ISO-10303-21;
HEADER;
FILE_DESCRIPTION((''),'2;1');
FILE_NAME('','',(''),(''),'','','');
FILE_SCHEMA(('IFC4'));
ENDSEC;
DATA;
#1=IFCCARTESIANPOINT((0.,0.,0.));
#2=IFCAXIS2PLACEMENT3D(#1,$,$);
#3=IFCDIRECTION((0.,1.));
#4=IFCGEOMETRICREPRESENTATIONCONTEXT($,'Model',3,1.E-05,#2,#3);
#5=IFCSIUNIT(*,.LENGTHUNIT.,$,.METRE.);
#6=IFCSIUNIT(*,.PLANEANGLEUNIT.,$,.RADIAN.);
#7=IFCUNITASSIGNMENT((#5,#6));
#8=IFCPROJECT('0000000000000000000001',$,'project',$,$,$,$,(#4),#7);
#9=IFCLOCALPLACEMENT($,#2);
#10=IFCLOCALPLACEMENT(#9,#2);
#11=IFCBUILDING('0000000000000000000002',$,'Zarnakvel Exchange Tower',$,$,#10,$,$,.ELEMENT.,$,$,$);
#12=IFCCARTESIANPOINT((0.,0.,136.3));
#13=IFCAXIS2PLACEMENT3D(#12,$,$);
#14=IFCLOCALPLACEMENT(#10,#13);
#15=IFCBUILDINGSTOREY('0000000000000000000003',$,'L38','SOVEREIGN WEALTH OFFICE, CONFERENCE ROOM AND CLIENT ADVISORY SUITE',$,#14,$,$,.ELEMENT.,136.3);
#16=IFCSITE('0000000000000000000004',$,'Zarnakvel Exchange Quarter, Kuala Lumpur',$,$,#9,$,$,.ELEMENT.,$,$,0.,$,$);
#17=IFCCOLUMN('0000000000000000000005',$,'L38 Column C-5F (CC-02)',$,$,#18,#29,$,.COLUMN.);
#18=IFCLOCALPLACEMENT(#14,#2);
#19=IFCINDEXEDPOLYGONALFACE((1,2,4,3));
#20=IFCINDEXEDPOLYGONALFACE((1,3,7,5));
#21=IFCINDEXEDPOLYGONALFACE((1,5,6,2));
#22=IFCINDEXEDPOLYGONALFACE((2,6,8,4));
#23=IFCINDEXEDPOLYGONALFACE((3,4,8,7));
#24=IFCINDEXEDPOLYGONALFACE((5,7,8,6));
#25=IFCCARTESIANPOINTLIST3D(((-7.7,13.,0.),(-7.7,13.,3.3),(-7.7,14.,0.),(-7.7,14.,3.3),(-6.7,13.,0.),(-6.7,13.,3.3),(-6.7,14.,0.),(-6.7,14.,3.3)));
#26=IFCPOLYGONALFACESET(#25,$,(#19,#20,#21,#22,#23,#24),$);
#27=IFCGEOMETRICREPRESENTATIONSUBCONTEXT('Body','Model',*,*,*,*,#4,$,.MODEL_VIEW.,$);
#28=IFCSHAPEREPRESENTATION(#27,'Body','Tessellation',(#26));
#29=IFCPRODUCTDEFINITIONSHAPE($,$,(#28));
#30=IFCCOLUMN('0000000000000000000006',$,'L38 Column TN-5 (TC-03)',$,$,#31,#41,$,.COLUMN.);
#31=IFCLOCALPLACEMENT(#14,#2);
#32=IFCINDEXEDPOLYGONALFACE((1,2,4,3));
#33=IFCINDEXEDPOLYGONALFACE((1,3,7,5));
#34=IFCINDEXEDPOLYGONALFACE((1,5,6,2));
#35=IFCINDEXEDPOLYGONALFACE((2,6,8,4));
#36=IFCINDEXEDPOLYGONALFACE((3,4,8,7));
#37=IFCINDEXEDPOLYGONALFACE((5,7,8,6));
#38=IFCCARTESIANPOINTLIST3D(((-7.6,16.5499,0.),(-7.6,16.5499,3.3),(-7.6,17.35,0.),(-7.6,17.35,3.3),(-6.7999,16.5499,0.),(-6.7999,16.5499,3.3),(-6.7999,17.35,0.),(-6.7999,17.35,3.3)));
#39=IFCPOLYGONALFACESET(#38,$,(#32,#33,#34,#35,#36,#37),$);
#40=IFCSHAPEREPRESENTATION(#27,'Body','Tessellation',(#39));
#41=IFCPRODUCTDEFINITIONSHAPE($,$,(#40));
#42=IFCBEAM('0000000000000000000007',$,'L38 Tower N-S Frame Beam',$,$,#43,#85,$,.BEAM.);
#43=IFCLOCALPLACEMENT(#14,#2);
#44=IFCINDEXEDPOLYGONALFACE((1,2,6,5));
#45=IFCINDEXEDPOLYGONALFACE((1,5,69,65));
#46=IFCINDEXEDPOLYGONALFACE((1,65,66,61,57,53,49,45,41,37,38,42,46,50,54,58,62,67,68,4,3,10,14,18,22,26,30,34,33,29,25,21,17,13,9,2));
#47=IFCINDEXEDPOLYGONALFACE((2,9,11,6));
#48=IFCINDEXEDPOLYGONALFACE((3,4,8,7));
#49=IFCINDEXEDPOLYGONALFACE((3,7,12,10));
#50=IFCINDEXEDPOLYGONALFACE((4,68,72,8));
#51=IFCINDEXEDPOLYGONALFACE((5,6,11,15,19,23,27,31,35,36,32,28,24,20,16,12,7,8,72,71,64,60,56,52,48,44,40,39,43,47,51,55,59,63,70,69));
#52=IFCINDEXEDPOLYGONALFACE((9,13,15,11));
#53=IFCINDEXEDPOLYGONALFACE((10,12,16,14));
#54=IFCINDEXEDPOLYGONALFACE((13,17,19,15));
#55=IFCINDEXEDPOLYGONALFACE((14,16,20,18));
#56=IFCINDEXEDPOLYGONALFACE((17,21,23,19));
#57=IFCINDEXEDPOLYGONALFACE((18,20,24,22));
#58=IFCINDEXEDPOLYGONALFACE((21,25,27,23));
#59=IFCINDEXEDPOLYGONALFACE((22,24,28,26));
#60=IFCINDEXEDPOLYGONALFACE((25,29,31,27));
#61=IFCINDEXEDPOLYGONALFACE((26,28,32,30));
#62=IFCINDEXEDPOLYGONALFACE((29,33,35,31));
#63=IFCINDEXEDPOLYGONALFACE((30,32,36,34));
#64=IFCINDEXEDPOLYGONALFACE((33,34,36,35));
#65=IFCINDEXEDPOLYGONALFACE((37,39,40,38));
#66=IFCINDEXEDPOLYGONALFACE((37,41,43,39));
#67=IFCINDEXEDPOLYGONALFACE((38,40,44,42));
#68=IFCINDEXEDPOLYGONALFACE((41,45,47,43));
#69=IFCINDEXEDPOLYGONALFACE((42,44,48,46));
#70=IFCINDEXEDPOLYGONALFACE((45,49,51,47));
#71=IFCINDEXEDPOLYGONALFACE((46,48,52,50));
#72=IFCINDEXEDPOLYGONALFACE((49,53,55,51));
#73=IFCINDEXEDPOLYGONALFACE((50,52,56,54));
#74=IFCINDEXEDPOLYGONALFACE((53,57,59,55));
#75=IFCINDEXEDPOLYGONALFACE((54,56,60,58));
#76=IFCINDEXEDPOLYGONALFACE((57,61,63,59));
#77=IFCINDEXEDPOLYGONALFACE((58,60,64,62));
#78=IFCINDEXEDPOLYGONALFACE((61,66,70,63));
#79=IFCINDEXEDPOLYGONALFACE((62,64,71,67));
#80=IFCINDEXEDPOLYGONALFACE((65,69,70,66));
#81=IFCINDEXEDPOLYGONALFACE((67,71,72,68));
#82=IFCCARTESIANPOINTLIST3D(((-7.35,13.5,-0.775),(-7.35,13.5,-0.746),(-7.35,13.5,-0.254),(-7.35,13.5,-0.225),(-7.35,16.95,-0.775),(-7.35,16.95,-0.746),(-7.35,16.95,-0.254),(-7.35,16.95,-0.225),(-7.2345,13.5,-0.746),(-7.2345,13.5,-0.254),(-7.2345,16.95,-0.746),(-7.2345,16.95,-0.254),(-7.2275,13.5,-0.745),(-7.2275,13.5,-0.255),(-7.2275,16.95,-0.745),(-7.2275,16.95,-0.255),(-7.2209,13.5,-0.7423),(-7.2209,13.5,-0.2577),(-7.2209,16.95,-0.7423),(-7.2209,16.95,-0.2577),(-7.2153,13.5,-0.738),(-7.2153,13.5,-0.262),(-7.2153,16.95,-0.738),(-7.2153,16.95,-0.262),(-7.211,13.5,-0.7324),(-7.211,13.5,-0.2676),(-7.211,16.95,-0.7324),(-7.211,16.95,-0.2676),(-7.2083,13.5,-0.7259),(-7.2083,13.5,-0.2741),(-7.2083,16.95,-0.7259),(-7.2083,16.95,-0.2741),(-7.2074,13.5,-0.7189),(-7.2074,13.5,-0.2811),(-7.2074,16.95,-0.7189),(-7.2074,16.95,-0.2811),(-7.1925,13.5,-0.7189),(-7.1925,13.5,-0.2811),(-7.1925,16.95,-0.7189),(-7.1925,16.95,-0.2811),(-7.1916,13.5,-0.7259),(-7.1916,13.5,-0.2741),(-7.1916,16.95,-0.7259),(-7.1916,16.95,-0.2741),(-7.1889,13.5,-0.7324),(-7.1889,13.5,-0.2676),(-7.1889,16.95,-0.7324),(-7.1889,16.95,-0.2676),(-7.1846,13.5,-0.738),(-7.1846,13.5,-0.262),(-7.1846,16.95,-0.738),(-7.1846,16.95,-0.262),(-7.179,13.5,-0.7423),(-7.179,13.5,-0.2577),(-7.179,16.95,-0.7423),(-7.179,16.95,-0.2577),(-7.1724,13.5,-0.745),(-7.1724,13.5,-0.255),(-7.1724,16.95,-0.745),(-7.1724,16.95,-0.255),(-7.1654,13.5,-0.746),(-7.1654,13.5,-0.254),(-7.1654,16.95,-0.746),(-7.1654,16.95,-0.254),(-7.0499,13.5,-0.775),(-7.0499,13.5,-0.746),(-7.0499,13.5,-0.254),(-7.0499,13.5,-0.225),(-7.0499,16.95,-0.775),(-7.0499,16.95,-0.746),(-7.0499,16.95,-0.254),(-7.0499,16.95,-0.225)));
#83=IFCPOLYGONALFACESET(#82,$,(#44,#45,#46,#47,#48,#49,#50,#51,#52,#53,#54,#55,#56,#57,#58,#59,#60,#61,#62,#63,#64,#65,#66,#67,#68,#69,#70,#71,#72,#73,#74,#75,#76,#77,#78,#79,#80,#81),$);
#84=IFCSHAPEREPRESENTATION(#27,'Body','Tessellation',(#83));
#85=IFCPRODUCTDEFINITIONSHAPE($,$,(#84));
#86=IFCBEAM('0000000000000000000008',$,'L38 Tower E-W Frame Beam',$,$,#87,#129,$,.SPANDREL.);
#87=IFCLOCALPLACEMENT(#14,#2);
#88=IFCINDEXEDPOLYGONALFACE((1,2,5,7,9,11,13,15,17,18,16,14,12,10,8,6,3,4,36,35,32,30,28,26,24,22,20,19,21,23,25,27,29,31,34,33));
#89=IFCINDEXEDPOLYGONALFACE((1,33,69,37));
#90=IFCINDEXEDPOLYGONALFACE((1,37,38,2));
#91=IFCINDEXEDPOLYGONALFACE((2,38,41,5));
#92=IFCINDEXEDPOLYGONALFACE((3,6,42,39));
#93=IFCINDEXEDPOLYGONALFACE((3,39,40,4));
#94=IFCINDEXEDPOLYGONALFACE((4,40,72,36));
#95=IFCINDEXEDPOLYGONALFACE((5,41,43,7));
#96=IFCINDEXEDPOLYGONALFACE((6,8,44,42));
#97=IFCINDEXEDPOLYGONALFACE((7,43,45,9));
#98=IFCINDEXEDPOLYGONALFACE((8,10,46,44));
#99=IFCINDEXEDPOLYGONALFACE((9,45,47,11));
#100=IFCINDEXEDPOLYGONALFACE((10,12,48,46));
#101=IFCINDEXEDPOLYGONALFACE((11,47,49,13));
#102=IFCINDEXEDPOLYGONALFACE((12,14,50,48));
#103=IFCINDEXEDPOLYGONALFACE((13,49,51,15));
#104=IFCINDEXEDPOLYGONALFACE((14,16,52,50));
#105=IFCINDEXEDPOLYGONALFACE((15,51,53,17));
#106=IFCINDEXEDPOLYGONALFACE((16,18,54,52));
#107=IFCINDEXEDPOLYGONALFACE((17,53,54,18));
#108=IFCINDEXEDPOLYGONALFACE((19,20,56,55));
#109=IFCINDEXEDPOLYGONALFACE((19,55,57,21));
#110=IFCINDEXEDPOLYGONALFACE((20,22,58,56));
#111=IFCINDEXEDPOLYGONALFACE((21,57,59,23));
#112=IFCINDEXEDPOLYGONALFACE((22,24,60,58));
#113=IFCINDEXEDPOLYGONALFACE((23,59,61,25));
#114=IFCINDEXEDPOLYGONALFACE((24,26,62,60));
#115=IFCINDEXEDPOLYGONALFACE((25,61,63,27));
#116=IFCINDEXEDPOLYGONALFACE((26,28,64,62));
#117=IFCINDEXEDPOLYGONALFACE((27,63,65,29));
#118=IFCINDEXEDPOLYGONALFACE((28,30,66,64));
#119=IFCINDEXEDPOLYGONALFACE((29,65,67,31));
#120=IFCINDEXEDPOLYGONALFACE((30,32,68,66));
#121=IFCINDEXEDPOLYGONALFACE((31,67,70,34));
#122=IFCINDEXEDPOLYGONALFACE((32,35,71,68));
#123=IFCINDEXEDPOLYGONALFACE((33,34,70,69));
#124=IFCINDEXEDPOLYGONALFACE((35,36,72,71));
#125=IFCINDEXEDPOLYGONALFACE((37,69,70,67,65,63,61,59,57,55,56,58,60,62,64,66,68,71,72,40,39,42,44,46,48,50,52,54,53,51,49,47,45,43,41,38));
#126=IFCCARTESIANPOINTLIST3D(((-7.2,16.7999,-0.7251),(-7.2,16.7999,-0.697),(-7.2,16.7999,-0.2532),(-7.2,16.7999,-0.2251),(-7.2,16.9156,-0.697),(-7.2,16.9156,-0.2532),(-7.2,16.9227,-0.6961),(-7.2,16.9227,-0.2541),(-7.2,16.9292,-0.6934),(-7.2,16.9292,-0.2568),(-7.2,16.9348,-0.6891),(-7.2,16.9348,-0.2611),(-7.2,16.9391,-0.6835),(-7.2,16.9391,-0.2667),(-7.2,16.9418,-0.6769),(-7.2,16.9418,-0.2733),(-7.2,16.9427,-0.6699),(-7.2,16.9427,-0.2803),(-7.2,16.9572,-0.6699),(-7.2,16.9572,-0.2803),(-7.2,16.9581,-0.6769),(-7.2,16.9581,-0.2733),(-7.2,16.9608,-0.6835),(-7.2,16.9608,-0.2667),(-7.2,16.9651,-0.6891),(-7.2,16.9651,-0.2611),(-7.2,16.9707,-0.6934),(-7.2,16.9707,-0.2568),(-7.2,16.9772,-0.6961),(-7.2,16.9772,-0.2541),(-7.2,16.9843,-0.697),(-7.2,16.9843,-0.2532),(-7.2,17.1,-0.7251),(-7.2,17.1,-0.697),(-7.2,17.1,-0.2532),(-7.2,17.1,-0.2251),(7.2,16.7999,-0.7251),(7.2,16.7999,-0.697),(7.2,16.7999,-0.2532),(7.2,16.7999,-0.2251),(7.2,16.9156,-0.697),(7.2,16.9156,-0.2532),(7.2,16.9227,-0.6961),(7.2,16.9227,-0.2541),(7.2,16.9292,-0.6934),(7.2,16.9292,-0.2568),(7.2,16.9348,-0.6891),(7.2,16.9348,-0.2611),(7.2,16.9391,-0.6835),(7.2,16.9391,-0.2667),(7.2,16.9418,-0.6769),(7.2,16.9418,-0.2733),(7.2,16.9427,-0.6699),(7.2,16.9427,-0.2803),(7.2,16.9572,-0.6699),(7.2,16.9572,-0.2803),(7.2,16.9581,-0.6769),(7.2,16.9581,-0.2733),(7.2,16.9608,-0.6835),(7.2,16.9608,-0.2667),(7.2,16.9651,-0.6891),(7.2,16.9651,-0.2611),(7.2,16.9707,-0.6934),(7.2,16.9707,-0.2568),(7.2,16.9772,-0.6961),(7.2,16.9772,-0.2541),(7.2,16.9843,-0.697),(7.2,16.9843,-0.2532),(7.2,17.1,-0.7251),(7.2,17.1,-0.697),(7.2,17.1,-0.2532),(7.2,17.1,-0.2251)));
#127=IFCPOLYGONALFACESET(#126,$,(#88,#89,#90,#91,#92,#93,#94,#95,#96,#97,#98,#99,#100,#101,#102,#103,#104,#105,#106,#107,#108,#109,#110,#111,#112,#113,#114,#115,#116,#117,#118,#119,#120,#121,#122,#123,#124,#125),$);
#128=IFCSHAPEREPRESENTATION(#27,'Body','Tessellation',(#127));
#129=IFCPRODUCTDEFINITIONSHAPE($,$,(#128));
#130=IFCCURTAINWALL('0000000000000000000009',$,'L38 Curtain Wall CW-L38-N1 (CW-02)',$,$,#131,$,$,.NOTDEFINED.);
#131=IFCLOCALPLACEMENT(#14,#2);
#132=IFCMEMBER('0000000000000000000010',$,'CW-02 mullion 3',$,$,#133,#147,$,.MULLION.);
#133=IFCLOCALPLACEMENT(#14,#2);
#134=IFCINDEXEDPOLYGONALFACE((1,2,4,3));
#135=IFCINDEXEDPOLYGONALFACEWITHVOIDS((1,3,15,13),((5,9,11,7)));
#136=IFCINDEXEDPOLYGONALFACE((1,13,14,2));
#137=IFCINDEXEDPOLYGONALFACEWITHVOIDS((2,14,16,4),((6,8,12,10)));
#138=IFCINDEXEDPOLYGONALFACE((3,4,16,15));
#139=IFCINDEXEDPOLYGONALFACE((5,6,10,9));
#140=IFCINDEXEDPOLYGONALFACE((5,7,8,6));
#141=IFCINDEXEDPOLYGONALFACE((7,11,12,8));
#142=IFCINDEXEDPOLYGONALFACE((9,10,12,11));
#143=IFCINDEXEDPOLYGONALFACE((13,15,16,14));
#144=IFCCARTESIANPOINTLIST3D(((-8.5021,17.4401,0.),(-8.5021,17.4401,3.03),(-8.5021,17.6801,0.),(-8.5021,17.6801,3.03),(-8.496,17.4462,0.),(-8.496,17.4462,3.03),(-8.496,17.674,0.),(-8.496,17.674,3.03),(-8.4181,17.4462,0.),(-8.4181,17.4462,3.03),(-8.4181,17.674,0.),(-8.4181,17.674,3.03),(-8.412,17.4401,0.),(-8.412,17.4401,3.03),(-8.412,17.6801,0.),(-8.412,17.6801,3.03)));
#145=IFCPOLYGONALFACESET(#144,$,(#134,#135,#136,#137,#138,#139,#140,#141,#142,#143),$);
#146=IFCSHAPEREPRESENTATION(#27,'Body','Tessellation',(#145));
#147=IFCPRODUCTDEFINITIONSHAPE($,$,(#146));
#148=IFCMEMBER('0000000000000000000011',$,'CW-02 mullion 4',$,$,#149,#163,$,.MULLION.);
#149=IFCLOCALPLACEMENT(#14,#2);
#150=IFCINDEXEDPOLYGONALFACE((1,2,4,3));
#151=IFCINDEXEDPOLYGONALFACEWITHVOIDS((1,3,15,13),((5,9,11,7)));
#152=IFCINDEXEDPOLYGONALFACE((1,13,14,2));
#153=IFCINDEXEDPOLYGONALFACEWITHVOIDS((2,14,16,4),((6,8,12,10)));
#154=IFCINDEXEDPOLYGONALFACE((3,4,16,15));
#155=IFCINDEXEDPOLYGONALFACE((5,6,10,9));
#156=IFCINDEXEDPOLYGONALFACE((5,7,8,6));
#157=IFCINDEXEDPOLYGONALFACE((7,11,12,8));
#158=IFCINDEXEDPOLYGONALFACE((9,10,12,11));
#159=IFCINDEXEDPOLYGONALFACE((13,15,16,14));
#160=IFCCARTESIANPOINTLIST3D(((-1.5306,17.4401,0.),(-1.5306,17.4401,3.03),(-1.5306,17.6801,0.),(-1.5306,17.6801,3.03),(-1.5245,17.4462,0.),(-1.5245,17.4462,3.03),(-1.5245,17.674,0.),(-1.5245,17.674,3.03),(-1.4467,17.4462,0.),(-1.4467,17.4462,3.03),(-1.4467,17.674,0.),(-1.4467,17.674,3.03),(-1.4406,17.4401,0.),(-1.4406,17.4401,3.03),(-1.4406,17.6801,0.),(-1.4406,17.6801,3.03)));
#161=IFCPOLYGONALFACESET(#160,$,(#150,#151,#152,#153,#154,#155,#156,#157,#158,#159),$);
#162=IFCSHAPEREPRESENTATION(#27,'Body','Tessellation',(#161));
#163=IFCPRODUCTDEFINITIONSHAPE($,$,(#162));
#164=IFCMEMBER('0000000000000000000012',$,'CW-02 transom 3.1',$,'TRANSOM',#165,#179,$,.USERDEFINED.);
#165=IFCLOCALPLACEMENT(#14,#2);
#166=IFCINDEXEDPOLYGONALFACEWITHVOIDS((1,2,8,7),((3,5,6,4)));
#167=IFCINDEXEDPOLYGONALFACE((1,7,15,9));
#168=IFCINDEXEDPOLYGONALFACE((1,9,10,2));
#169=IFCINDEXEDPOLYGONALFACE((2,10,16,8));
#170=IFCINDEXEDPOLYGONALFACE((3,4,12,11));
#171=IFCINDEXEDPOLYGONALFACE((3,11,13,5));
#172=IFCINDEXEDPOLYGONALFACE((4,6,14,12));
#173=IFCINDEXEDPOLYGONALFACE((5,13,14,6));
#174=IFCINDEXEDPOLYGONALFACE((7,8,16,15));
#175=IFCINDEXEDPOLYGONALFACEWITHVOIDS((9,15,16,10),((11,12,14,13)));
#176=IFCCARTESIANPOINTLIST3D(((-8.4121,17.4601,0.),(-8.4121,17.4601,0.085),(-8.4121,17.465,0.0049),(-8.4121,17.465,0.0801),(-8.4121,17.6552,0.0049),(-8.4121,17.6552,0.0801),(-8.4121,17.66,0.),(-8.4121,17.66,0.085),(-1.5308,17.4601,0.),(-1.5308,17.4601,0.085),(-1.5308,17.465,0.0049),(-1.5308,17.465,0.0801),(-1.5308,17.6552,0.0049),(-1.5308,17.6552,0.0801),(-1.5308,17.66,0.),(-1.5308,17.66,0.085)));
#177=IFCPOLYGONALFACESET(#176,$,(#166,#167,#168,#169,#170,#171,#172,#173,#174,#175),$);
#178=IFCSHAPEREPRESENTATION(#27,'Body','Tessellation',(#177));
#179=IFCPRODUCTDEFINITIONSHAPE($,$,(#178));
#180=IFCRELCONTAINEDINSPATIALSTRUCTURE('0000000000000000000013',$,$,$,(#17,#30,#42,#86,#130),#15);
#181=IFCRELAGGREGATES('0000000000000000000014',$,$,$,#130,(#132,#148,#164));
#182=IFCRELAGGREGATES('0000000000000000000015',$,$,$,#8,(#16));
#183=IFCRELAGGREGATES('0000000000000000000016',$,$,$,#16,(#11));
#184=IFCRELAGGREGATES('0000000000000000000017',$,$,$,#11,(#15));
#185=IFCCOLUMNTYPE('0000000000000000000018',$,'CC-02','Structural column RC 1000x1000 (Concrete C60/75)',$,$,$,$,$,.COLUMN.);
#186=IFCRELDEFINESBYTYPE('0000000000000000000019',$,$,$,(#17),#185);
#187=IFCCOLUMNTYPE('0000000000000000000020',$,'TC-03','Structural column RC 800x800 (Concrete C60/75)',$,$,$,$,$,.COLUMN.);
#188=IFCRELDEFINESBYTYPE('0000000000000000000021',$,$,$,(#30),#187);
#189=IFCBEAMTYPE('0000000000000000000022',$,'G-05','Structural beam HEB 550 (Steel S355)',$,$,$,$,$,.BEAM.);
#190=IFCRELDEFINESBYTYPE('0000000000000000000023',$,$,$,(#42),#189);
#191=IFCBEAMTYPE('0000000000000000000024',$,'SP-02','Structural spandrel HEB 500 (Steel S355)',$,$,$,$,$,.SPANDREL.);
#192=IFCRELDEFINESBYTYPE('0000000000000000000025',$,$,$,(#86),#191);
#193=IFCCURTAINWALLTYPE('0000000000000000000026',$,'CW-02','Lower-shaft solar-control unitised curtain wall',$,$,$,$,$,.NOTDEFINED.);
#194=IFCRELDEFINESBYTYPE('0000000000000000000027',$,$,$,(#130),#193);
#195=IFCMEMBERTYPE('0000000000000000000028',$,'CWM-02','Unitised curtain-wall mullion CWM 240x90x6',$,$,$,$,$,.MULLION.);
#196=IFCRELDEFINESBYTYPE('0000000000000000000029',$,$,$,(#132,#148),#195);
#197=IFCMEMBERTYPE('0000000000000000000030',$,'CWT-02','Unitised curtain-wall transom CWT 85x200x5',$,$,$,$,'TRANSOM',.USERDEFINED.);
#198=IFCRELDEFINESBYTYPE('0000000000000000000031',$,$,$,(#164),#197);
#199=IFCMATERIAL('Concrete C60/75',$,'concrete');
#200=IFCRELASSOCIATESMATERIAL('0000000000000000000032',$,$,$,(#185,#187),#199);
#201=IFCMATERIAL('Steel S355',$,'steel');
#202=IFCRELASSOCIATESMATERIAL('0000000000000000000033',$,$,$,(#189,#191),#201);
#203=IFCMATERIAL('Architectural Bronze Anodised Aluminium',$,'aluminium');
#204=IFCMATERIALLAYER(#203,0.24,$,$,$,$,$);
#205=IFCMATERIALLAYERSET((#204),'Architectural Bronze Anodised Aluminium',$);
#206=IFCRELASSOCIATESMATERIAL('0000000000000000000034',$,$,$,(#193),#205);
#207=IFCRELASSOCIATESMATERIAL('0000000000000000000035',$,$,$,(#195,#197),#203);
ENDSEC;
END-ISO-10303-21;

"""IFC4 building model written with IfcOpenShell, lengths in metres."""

from ifc_helpers import new_model, si_unit, direction, frame, origin, origin_2d, place, context, subcontext, project, spatial, rectangle, hollow_rectangle, i_section, extrude, source, transform, mapped, material, layer, layer_set, material_profile, profile_set, type_object, element, aggregate, save


model = new_model("IFC4")

# Units and contexts
model_context = context("Model", 3, precision=1e-05, world=origin(), true_north=direction((0.0, 1.0)))
body_context = subcontext(model_context, "Body", "Model", "MODEL_VIEW")
ifc_project = project(units=[si_unit("LENGTHUNIT", "METRE"), si_unit("PLANEANGLEUNIT", "RADIAN")], contexts=[model_context])

# Site, building, storey
site_placement = place(None, origin())
site = spatial("IfcSite", under=ifc_project, at=site_placement, Name="Zarnakvel Exchange Quarter, Kuala Lumpur", CompositionType="ELEMENT", RefElevation=0.0)
building_placement = place(site_placement, origin())
building = spatial("IfcBuilding", under=site, at=building_placement, Name="Zarnakvel Exchange Tower", CompositionType="ELEMENT")
storey_placement = place(building_placement, frame((0.0, 0.0, 136.3)))
storey = spatial("IfcBuildingStorey", under=building, at=storey_placement, Name="L38", Description="SOVEREIGN WEALTH OFFICE, CONFERENCE ROOM AND CLIENT ADVISORY SUITE", CompositionType="ELEMENT", Elevation=136.3)

# Columns
ifc_material_1 = material(Name="Concrete C60/75", Category="concrete")
ifc_material_profile_1 = material_profile(ifc_material_1, rectangle(XDim=1.0, YDim=1.0, at=origin_2d()))
ifc_profile_set_1 = profile_set([ifc_material_profile_1], Name="Concrete C60/75")
column_type_1 = type_object("IfcColumnType", Name="CC-02", Description="Structural column RC 1000x1000 (Concrete C60/75)", PredefinedType="COLUMN", material=ifc_profile_set_1)
column_1_placement = place(storey_placement, frame((-7.2, 13.5, 0.0), z_axis=(0.0, 0.0, 1.0), x_axis=(1.0, 0.0, 0.0)))
element("IfcColumn", 1, at=column_1_placement, inside=storey, type_object=column_type_1, Name="L38 Column C-5F (CC-02)", PredefinedType="COLUMN", context=body_context, shape_type="SweptSolid", body=[
    extrude(rectangle(XDim=1.0, YDim=1.0, at=origin_2d()), origin(), (0.0, 0.0, 1.0), 3.3),
])
ifc_material_profile_2 = material_profile(ifc_material_1, rectangle(XDim=0.8, YDim=0.8, at=origin_2d()))
ifc_profile_set_2 = profile_set([ifc_material_profile_2], Name="Concrete C60/75")
column_type_2 = type_object("IfcColumnType", Name="TC-03", Description="Structural column RC 800x800 (Concrete C60/75)", PredefinedType="COLUMN", material=ifc_profile_set_2)
column_2_placement = place(storey_placement, frame((-7.2, 16.95, 0.0), z_axis=(0.0, 0.0, 1.0), x_axis=(1.0, 0.0, 0.0)))
element("IfcColumn", 2, at=column_2_placement, inside=storey, type_object=column_type_2, Name="L38 Column TN-5 (TC-03)", PredefinedType="COLUMN", context=body_context, shape_type="SweptSolid", body=[
    extrude(rectangle(XDim=0.8, YDim=0.8, at=origin_2d()), origin(), (0.0, 0.0, 1.0), 3.3),
])

# Beams
ifc_material_2 = material(Name="Steel S355", Category="steel")
ifc_material_profile_3 = material_profile(ifc_material_2, i_section(OverallWidth=0.3, OverallDepth=0.55, WebThickness=0.0149, FlangeThickness=0.0291, FilletRadius=0.0271, at=origin_2d()))
ifc_profile_set_3 = profile_set([ifc_material_profile_3], Name="Steel S355")
beam_type_1 = type_object("IfcBeamType", Name="G-05", Description="Structural beam HEB 550 (Steel S355)", PredefinedType="BEAM", material=ifc_profile_set_3)
beam_1_placement = place(storey_placement, frame((-7.2, 13.5, -0.5), z_axis=(0.0, 1.0, 0.0), x_axis=(-1.0, 0.0, 0.0)))
element("IfcBeam", 3, at=beam_1_placement, inside=storey, type_object=beam_type_1, Name="L38 Tower N-S Frame Beam", PredefinedType="BEAM", context=body_context, shape_type="SweptSolid", body=[
    extrude(i_section(OverallWidth=0.3, OverallDepth=0.55, WebThickness=0.0149, FlangeThickness=0.0291, FilletRadius=0.0271, at=origin_2d()), origin(), (0.0, 0.0, 1.0), 3.45),
])
ifc_material_profile_4 = material_profile(ifc_material_2, i_section(OverallWidth=0.3, OverallDepth=0.5, WebThickness=0.0144, FlangeThickness=0.0281, FilletRadius=0.0271, at=origin_2d()))
ifc_profile_set_4 = profile_set([ifc_material_profile_4], Name="Steel S355")
beam_type_2 = type_object("IfcBeamType", Name="SP-02", Description="Structural spandrel HEB 500 (Steel S355)", PredefinedType="SPANDREL", material=ifc_profile_set_4)
beam_2_placement = place(storey_placement, frame((-7.2, 16.95, -0.4751), z_axis=(1.0, 0.0, 0.0), x_axis=(0.0, 1.0, 0.0)))
element("IfcBeam", 4, at=beam_2_placement, inside=storey, type_object=beam_type_2, Name="L38 Tower E-W Frame Beam", PredefinedType="SPANDREL", context=body_context, shape_type="SweptSolid", body=[
    extrude(i_section(OverallWidth=0.3, OverallDepth=0.5, WebThickness=0.0144, FlangeThickness=0.0281, FilletRadius=0.0271, at=origin_2d()), origin(), (0.0, 0.0, 1.0), 14.3999),
])

# Curtain wall, members
ifc_material_3 = material(Name="Architectural Bronze Anodised Aluminium", Category="aluminium")
ifc_layer_1 = layer(ifc_material_3, 0.24)
ifc_layer_set_1 = layer_set([ifc_layer_1], Name="Architectural Bronze Anodised Aluminium")
curtain_wall_type = type_object("IfcCurtainWallType", Name="CW-02", Description="Lower-shaft solar-control unitised curtain wall", PredefinedType="NOTDEFINED", material=ifc_layer_set_1)
curtain_wall_placement = place(storey_placement, origin())
curtain_wall = element("IfcCurtainWall", 5, at=curtain_wall_placement, inside=storey, type_object=curtain_wall_type, Name="L38 Curtain Wall CW-L38-N1 (CW-02)", PredefinedType="NOTDEFINED")
ifc_material_profile_5 = material_profile(ifc_material_3, hollow_rectangle(XDim=0.24, YDim=0.0901, WallThickness=0.0061, at=origin_2d()))
ifc_profile_set_5 = profile_set([ifc_material_profile_5], Name="Architectural Bronze Anodised Aluminium")
member_type_1 = type_object("IfcMemberType", Name="CWM-02", Description="Unitised curtain-wall mullion CWM 240x90x6", PredefinedType="MULLION", material=ifc_profile_set_5)
shared_shape_1 = source(origin(), body_context, "Body", "SweptSolid", [
    extrude(hollow_rectangle(XDim=0.24, YDim=0.0901, WallThickness=0.0061, at=origin_2d()), origin(), (0.0, 0.0, 1.0), 3.03),
])
member_1_placement = place(storey_placement, frame((-8.457, 17.5601, 0.0), z_axis=(0.0, 0.0, 1.0), x_axis=(0.0, 1.0, 0.0)))
member_1 = element("IfcMember", 6, at=member_1_placement, type_object=member_type_1, Name="CW-02 mullion 3", PredefinedType="MULLION", context=body_context, shape_type="MappedRepresentation", body=[
    mapped(shared_shape_1, transform((0.0, 0.0, 0.0), x_axis=(1.0, 0.0, 0.0), y_axis=(0.0, 1.0, 0.0), z_axis=(0.0, 0.0, 1.0), scale=1.0)),
])
member_2_placement = place(storey_placement, frame((-1.4856, 17.5601, 0.0), z_axis=(0.0, 0.0, 1.0), x_axis=(0.0, 1.0, 0.0)))
member_2 = element("IfcMember", 7, at=member_2_placement, type_object=member_type_1, Name="CW-02 mullion 4", PredefinedType="MULLION", context=body_context, shape_type="MappedRepresentation", body=[
    mapped(shared_shape_1, transform((0.0, 0.0, 0.0), x_axis=(1.0, 0.0, 0.0), y_axis=(0.0, 1.0, 0.0), z_axis=(0.0, 0.0, 1.0), scale=1.0)),
])
ifc_material_profile_6 = material_profile(ifc_material_3, hollow_rectangle(XDim=0.2, YDim=0.085, WallThickness=0.0049, at=origin_2d()))
ifc_profile_set_6 = profile_set([ifc_material_profile_6], Name="Architectural Bronze Anodised Aluminium")
member_type_2 = type_object("IfcMemberType", Name="CWT-02", Description="Unitised curtain-wall transom CWT 85x200x5", ElementType="TRANSOM", PredefinedType="USERDEFINED", material=ifc_profile_set_6)
shared_shape_2 = source(origin(), body_context, "Body", "SweptSolid", [
    extrude(hollow_rectangle(XDim=0.2, YDim=0.085, WallThickness=0.0049, at=origin_2d()), origin(), (0.0, 0.0, 1.0), 6.8813),
])
member_3_placement = place(storey_placement, frame((-8.4121, 17.5601, 0.0425), z_axis=(1.0, 0.0, 0.0), x_axis=(0.0, 1.0, 0.0)))
member_3 = element("IfcMember", 8, at=member_3_placement, type_object=member_type_2, Name="CW-02 transom 3.1", ObjectType="TRANSOM", PredefinedType="USERDEFINED", context=body_context, shape_type="MappedRepresentation", body=[
    mapped(shared_shape_2, transform((0.0, 0.0, 0.0), x_axis=(1.0, 0.0, 0.0), y_axis=(0.0, 1.0, 0.0), z_axis=(0.0, 0.0, 1.0), scale=1.0)),
])
aggregate(curtain_wall, [member_1, member_2, member_3])

save(model, "model.ifc")
